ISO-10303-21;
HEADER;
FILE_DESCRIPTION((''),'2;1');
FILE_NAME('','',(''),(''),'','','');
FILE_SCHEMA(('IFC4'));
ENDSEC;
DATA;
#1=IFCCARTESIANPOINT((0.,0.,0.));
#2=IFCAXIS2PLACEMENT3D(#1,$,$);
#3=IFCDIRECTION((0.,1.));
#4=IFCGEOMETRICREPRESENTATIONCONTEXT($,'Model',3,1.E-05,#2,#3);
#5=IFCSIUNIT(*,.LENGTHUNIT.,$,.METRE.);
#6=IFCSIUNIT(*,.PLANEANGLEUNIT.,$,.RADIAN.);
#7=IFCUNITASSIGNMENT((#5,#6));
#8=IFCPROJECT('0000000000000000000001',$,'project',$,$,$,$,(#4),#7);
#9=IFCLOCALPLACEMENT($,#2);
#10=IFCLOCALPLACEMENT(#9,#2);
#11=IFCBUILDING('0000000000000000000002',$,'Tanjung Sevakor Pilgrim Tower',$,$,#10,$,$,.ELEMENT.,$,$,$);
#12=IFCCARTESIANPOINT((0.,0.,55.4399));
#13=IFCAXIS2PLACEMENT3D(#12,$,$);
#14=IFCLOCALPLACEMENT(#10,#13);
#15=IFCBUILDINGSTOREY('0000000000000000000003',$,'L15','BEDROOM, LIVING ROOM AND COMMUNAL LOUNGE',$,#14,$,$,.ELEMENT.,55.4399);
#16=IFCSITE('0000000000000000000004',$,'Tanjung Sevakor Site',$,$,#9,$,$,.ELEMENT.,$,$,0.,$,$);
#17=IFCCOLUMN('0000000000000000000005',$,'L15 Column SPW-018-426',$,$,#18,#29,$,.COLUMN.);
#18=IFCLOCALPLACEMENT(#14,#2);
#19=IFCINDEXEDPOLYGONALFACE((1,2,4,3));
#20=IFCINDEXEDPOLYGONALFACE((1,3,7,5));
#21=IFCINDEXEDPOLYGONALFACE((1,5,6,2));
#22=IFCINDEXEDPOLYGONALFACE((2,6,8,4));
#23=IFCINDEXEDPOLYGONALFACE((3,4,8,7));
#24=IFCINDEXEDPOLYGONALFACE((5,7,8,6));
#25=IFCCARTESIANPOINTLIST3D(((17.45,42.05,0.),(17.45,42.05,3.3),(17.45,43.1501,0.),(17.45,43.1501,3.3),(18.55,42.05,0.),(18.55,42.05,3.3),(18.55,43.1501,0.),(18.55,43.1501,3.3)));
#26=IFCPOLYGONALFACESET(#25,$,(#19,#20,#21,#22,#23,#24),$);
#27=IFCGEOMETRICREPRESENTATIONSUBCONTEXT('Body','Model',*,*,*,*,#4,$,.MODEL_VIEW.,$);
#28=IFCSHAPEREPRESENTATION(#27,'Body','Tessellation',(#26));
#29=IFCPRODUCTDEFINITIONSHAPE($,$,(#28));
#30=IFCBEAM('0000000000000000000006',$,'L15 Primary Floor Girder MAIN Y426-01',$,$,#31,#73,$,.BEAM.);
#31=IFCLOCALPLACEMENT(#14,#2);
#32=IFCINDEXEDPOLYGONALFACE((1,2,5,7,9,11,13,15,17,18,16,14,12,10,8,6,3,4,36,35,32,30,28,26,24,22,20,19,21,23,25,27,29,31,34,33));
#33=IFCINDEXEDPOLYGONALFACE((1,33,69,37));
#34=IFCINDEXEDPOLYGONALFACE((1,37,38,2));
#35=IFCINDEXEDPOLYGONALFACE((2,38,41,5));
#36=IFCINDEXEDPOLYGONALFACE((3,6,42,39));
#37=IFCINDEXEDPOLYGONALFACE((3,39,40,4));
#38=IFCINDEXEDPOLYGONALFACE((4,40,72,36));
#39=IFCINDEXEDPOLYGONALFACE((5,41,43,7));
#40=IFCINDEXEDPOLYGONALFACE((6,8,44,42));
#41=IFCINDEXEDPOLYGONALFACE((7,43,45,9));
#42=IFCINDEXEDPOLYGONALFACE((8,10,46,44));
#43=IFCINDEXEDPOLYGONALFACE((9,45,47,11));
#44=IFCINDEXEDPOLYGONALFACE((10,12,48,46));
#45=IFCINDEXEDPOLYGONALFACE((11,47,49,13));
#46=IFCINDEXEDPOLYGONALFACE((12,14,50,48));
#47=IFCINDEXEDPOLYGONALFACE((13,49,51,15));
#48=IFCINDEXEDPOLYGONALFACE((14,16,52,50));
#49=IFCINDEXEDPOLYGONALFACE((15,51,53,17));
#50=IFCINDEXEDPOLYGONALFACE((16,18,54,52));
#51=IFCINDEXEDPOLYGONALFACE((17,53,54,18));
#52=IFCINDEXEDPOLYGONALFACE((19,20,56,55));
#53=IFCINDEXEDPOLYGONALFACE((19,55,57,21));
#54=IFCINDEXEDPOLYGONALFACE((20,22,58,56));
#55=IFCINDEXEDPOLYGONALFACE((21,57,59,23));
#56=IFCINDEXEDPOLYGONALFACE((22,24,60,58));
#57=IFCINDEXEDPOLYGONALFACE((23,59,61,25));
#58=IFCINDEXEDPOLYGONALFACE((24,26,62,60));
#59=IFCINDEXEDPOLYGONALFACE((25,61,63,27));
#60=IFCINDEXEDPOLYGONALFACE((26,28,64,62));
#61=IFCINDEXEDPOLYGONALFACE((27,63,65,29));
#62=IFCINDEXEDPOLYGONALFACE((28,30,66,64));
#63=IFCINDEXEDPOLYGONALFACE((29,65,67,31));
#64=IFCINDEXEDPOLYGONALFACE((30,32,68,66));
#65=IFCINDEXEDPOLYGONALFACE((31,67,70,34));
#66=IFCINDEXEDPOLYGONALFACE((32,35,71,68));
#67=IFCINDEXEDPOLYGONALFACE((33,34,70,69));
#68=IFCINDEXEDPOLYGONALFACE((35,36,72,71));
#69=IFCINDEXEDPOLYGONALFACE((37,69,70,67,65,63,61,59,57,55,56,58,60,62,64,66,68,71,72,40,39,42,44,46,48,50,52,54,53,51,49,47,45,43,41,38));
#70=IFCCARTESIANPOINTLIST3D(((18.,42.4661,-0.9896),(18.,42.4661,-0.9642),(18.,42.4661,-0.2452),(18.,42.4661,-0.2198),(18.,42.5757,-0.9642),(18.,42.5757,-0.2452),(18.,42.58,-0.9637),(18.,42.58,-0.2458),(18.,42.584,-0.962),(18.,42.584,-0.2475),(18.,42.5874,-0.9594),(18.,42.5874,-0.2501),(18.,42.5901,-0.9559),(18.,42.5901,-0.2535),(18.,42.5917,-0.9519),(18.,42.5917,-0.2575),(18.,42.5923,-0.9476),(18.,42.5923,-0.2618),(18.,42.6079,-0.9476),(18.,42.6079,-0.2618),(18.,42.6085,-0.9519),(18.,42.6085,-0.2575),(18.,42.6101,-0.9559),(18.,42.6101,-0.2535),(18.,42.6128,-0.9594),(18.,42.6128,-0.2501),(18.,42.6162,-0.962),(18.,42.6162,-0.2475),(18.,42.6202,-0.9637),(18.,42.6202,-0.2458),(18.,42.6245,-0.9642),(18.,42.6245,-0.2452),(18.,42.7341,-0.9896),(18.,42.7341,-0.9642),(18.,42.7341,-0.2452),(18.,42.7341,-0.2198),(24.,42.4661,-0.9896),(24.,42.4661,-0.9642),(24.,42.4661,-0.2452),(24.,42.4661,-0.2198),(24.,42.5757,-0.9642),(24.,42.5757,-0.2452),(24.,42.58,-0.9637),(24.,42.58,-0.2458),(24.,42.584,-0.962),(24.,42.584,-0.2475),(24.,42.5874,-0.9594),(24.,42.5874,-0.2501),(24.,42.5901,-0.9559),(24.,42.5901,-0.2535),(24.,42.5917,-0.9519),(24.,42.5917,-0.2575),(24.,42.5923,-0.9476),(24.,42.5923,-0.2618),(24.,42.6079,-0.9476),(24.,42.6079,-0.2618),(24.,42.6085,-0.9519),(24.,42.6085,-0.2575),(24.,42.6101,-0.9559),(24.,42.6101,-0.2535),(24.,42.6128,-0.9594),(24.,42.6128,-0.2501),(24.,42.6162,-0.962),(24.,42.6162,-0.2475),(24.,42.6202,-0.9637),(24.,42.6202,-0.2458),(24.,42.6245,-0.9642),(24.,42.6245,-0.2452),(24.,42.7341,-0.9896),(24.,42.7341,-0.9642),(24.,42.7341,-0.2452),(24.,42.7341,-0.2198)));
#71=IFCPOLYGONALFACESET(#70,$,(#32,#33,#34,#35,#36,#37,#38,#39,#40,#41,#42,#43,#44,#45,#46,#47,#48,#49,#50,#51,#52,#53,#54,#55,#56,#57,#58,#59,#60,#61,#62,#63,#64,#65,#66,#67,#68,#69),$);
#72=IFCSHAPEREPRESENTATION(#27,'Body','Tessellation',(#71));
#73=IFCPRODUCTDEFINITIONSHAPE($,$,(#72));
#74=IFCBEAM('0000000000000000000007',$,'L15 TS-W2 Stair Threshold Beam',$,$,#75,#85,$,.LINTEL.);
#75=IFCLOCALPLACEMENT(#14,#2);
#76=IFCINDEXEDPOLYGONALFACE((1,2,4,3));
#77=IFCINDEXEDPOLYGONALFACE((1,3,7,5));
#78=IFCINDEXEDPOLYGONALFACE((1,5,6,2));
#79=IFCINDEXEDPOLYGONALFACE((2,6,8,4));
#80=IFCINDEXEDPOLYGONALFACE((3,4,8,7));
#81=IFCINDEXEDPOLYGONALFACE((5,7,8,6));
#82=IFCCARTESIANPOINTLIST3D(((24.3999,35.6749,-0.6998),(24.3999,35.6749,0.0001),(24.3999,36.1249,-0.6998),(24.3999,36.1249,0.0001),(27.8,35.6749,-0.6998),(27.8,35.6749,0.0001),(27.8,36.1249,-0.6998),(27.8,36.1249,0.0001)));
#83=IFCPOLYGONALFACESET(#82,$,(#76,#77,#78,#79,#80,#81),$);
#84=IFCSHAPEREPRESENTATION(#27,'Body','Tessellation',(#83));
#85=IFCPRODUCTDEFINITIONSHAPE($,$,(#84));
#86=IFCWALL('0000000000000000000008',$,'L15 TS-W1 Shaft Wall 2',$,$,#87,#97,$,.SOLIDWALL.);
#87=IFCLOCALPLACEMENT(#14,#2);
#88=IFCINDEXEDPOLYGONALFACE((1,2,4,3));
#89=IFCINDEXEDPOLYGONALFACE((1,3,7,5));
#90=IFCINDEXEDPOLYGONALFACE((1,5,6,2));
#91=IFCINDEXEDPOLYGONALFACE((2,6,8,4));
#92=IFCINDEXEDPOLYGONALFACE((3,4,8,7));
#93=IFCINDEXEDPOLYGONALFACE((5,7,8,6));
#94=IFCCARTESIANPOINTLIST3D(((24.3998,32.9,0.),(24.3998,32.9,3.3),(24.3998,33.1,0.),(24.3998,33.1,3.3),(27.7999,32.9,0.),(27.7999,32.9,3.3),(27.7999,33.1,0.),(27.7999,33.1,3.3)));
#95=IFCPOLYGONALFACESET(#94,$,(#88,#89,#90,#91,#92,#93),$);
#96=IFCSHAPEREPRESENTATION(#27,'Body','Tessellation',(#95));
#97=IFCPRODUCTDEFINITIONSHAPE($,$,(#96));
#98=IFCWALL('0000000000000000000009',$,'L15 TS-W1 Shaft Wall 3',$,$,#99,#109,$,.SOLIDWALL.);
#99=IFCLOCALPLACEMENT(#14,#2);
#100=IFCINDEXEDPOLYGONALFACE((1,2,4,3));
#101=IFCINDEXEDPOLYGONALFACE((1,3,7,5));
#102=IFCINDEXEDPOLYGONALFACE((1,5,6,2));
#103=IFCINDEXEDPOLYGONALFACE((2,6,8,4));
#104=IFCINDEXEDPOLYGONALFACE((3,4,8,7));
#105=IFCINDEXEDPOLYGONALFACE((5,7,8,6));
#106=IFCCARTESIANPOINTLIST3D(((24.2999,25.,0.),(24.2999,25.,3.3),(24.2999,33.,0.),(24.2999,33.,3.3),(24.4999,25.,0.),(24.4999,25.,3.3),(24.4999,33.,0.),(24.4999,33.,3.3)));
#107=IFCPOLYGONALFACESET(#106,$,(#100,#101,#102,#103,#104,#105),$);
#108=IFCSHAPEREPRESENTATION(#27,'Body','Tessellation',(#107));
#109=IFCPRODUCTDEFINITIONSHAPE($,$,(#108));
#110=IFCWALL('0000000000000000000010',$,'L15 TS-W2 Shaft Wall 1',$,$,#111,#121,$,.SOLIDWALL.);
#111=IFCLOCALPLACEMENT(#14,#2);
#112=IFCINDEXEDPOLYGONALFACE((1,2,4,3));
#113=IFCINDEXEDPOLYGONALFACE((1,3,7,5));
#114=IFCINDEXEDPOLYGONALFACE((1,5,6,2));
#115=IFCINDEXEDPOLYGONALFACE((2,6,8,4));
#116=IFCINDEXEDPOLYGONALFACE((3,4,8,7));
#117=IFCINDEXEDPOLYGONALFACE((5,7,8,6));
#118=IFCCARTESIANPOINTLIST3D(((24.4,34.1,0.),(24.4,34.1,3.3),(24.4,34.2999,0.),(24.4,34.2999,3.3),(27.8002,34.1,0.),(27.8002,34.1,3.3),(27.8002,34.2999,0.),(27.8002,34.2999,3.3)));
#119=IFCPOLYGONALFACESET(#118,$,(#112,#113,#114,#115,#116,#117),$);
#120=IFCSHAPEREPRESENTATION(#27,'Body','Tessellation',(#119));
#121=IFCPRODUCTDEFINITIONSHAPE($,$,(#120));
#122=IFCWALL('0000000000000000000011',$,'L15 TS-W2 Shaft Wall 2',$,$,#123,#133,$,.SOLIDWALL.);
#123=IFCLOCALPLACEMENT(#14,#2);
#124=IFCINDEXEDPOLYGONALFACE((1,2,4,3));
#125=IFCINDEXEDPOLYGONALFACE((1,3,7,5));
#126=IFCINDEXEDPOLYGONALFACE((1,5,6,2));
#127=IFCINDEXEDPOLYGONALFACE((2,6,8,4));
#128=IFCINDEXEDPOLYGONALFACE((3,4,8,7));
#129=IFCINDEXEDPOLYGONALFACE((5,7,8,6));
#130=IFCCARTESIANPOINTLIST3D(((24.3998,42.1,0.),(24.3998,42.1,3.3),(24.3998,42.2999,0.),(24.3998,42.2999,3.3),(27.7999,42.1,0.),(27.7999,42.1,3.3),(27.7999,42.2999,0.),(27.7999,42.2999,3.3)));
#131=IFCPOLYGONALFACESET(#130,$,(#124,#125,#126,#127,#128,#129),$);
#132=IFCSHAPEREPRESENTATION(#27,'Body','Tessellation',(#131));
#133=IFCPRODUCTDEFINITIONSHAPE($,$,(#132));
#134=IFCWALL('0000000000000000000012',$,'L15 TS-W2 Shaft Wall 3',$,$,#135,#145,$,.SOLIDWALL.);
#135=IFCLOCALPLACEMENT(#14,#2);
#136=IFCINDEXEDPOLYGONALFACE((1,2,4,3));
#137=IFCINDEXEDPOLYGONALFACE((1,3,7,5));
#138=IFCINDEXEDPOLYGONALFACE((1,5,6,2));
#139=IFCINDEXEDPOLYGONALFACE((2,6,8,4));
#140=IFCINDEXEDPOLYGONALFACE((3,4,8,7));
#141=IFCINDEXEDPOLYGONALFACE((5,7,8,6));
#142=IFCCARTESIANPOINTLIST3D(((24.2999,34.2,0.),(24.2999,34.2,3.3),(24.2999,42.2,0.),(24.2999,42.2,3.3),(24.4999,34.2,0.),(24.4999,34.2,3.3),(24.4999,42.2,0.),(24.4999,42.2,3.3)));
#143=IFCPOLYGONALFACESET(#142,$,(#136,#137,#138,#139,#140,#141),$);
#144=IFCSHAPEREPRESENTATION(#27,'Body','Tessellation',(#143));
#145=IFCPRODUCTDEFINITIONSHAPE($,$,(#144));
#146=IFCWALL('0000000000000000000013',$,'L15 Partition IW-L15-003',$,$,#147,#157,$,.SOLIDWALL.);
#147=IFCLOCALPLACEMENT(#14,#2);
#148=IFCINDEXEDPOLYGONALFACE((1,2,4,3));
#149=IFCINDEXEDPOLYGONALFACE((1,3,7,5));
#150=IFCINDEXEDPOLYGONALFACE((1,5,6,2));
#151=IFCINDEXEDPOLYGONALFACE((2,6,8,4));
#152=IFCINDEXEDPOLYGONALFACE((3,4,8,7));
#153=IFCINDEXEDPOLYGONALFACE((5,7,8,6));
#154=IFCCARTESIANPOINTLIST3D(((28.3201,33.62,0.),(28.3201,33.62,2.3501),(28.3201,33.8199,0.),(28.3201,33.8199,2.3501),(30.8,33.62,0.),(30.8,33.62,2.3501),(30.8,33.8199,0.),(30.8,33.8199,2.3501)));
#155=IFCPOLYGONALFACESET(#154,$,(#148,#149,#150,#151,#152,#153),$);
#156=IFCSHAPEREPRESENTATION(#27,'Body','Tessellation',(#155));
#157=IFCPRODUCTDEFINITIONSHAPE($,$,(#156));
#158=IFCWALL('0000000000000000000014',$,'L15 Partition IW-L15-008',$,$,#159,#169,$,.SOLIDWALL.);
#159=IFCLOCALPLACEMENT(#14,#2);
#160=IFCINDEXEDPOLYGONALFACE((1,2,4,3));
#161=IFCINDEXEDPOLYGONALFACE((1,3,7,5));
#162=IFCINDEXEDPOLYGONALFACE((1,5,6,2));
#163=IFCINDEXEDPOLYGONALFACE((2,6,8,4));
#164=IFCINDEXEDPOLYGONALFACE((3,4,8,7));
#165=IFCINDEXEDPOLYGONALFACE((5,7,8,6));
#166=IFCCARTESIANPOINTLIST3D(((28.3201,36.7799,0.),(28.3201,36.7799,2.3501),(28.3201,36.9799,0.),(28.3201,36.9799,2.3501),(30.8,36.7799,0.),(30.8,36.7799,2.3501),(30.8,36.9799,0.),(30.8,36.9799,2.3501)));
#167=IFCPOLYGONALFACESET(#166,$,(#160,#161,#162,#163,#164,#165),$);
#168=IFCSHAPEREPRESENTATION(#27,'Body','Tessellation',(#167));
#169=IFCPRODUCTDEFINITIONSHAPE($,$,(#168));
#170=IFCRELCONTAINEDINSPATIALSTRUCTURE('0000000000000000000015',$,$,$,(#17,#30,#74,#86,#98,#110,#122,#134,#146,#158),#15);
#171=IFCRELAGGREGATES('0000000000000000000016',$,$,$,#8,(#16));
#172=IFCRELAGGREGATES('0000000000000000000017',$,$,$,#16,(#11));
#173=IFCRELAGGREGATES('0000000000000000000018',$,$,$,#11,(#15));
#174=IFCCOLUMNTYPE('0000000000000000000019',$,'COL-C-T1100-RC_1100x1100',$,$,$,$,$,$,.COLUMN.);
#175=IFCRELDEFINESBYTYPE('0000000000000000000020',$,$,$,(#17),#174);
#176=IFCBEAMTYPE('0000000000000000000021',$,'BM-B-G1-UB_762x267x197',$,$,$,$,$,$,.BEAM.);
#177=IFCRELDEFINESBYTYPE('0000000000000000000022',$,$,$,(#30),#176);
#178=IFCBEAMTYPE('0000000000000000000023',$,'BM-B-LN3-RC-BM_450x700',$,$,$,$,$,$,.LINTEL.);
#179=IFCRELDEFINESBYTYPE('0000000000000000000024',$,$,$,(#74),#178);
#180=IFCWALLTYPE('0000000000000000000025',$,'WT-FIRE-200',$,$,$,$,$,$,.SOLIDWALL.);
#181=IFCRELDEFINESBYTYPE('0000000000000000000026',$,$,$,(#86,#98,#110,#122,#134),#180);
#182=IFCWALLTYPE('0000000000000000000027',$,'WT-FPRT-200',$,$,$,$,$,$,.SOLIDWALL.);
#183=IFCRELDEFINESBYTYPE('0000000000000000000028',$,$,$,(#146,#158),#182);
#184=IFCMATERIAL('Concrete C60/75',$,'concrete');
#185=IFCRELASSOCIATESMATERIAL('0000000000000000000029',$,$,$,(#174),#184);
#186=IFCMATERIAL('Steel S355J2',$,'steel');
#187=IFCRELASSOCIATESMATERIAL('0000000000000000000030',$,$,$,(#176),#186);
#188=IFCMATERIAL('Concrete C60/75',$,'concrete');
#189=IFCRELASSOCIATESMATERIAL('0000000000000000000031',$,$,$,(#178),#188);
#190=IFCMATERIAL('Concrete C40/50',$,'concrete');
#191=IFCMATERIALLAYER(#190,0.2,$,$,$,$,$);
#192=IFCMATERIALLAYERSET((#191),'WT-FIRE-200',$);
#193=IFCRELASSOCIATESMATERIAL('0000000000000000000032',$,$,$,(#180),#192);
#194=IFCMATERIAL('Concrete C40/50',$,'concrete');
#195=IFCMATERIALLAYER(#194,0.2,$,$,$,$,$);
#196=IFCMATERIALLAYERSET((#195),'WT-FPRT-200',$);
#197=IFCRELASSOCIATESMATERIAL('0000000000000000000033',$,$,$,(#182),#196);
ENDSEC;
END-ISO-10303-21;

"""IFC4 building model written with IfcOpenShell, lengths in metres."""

from ifc_helpers import new_model, si_unit, direction, frame, frame_2d, origin, origin_2d, place, context, subcontext, project, spatial, rectangle, i_section, extrude, material, layer, layer_set, material_profile, profile_set, type_object, element, save


model = new_model("IFC4")

# Units and contexts
model_context = context("Model", 3, precision=1e-05, world=origin(), true_north=direction((0.0, 1.0)))
body_context = subcontext(model_context, "Body", "Model", "MODEL_VIEW")
ifc_project = project(units=[si_unit("LENGTHUNIT", "METRE"), si_unit("PLANEANGLEUNIT", "RADIAN")], contexts=[model_context])

# Site, building, storey
site_placement = place(None, origin())
site = spatial("IfcSite", under=ifc_project, at=site_placement, Name="Tanjung Sevakor Site", CompositionType="ELEMENT", RefElevation=0.0)
building_placement = place(site_placement, origin())
building = spatial("IfcBuilding", under=site, at=building_placement, Name="Tanjung Sevakor Pilgrim Tower", CompositionType="ELEMENT")
storey_placement = place(building_placement, frame((0.0, 0.0, 55.4399)))
storey = spatial("IfcBuildingStorey", under=building, at=storey_placement, Name="L15", Description="BEDROOM, LIVING ROOM AND COMMUNAL LOUNGE", CompositionType="ELEMENT", Elevation=55.4399)

# Column
ifc_material_1 = material(Name="Concrete C60/75", Category="concrete")
ifc_material_profile_1 = material_profile(ifc_material_1, rectangle(XDim=1.1001, YDim=1.1001, at=origin_2d()))
ifc_profile_set_1 = profile_set([ifc_material_profile_1], Name="Concrete C60/75")
column_type = type_object("IfcColumnType", Name="COL-C-T1100-RC_1100x1100", PredefinedType="COLUMN", material=ifc_profile_set_1)
column_placement = place(storey_placement, frame((18.0, 42.6001, 0.0), z_axis=(0.0, 0.0, 1.0), x_axis=(1.0, 0.0, 0.0)))
element("IfcColumn", 1, at=column_placement, inside=storey, type_object=column_type, Name="L15 Column SPW-018-426", PredefinedType="COLUMN", context=body_context, shape_type="SweptSolid", body=[
    extrude(rectangle(XDim=1.1001, YDim=1.1001, at=origin_2d()), origin(), (0.0, 0.0, 1.0), 3.3),
])

# Beams
ifc_material_2 = material(Name="Steel S355J2", Category="steel")
ifc_material_profile_2 = material_profile(ifc_material_2, i_section(OverallWidth=0.2681, OverallDepth=0.7698, WebThickness=0.0156, FlangeThickness=0.0254, FilletRadius=0.0166, at=origin_2d()))
ifc_profile_set_2 = profile_set([ifc_material_profile_2], Name="Steel S355J2")
beam_type_1 = type_object("IfcBeamType", Name="BM-B-G1-UB_762x267x197", PredefinedType="BEAM", material=ifc_profile_set_2)
beam_1_placement = place(storey_placement, frame((18.0, 42.6001, -0.6047), z_axis=(1.0, 0.0, 0.0), x_axis=(0.0, 1.0, 0.0)))
element("IfcBeam", 2, at=beam_1_placement, inside=storey, type_object=beam_type_1, Name="L15 Primary Floor Girder MAIN Y426-01", PredefinedType="BEAM", context=body_context, shape_type="SweptSolid", body=[
    extrude(i_section(OverallWidth=0.2681, OverallDepth=0.7698, WebThickness=0.0156, FlangeThickness=0.0254, FilletRadius=0.0166, at=origin_2d()), origin(), (0.0, 0.0, 1.0), 6.0),
])
ifc_material_3 = material(Name="Concrete C60/75", Category="concrete")
ifc_material_profile_3 = material_profile(ifc_material_3, rectangle(XDim=0.45, YDim=0.7, at=origin_2d()))
ifc_profile_set_3 = profile_set([ifc_material_profile_3], Name="Concrete C60/75")
beam_type_2 = type_object("IfcBeamType", Name="BM-B-LN3-RC-BM_450x700", PredefinedType="LINTEL", material=ifc_profile_set_3)
beam_2_placement = place(storey_placement, frame((24.3999, 35.8999, -0.3499), z_axis=(1.0, 0.0, 0.0), x_axis=(0.0, 1.0, 0.0)))
element("IfcBeam", 3, at=beam_2_placement, inside=storey, type_object=beam_type_2, Name="L15 TS-W2 Stair Threshold Beam", PredefinedType="LINTEL", context=body_context, shape_type="SweptSolid", body=[
    extrude(rectangle(XDim=0.45, YDim=0.7, at=origin_2d()), origin(), (0.0, 0.0, 1.0), 3.4001),
])

# Walls
ifc_material_4 = material(Name="Concrete C40/50", Category="concrete")
ifc_layer_1 = layer(ifc_material_4, 0.2)
ifc_layer_set_1 = layer_set([ifc_layer_1], Name="WT-FIRE-200")
wall_type_1 = type_object("IfcWallType", Name="WT-FIRE-200", PredefinedType="SOLIDWALL", material=ifc_layer_set_1)
wall_1_placement = place(storey_placement, frame((27.8, 33.0, 0.0), z_axis=(0.0, 0.0, 1.0), x_axis=(-1.0, 0.0, 0.0)))
element("IfcWall", 4, at=wall_1_placement, inside=storey, type_object=wall_type_1, Name="L15 TS-W1 Shaft Wall 2", PredefinedType="SOLIDWALL", context=body_context, shape_type="SweptSolid", body=[
    extrude(rectangle(XDim=3.4001, YDim=0.2, at=frame_2d((1.7002, 0.0))), origin(), (0.0, 0.0, 1.0), 3.3),
])
wall_2_placement = place(storey_placement, frame((24.3999, 33.0, 0.0), z_axis=(0.0, 0.0, 1.0), x_axis=(0.0, -1.0, 0.0)))
element("IfcWall", 5, at=wall_2_placement, inside=storey, type_object=wall_type_1, Name="L15 TS-W1 Shaft Wall 3", PredefinedType="SOLIDWALL", context=body_context, shape_type="SweptSolid", body=[
    extrude(rectangle(XDim=8.0, YDim=0.2, at=frame_2d((4.0, 0.0))), origin(), (0.0, 0.0, 1.0), 3.3),
])
for number, where, z_axis, x_axis, name in (
    (6, (24.3999, 34.2, 0.0), (0.0, 0.0, 1.0), (1.0, 0.0, 0.0), "L15 TS-W2 Shaft Wall 1"),
    (7, (27.8, 42.2, 0.0), (0.0, 0.0, 1.0), (-1.0, 0.0, 0.0), "L15 TS-W2 Shaft Wall 2"),
):
    element("IfcWall", number, at=place(storey_placement, frame(where, z_axis=z_axis, x_axis=x_axis)), inside=storey, type_object=wall_type_1, Name=name, PredefinedType="SOLIDWALL", context=body_context, shape_type="SweptSolid", body=[
        extrude(rectangle(XDim=3.4001, YDim=0.2, at=frame_2d((1.7002, 0.0))), origin(), (0.0, 0.0, 1.0), 3.3),
    ])
wall_3_placement = place(storey_placement, frame((24.3999, 42.2, 0.0), z_axis=(0.0, 0.0, 1.0), x_axis=(0.0, -1.0, 0.0)))
element("IfcWall", 8, at=wall_3_placement, inside=storey, type_object=wall_type_1, Name="L15 TS-W2 Shaft Wall 3", PredefinedType="SOLIDWALL", context=body_context, shape_type="SweptSolid", body=[
    extrude(rectangle(XDim=8.0, YDim=0.2, at=frame_2d((4.0, 0.0))), origin(), (0.0, 0.0, 1.0), 3.3),
])

# Shared definitions
ifc_material_5 = material(Name="Concrete C40/50", Category="concrete")
ifc_layer_2 = layer(ifc_material_5, 0.2)
ifc_layer_set_2 = layer_set([ifc_layer_2], Name="WT-FPRT-200")
wall_type_2 = type_object("IfcWallType", Name="WT-FPRT-200", PredefinedType="SOLIDWALL", material=ifc_layer_set_2)

# Walls
for number, where, z_axis, x_axis, name in (
    (9, (28.3201, 33.72, 0.0), (0.0, 0.0, 1.0), (1.0, 0.0, 0.0), "L15 Partition IW-L15-003"),
    (10, (28.3201, 36.8799, 0.0), (0.0, 0.0, 1.0), (1.0, 0.0, 0.0), "L15 Partition IW-L15-008"),
):
    element("IfcWall", number, at=place(storey_placement, frame(where, z_axis=z_axis, x_axis=x_axis)), inside=storey, type_object=wall_type_2, Name=name, PredefinedType="SOLIDWALL", context=body_context, shape_type="SweptSolid", body=[
        extrude(rectangle(XDim=2.48, YDim=0.2, at=frame_2d((1.24, 0.0))), origin(), (0.0, 0.0, 1.0), 2.3501),
    ])

save(model, "model.ifc")
